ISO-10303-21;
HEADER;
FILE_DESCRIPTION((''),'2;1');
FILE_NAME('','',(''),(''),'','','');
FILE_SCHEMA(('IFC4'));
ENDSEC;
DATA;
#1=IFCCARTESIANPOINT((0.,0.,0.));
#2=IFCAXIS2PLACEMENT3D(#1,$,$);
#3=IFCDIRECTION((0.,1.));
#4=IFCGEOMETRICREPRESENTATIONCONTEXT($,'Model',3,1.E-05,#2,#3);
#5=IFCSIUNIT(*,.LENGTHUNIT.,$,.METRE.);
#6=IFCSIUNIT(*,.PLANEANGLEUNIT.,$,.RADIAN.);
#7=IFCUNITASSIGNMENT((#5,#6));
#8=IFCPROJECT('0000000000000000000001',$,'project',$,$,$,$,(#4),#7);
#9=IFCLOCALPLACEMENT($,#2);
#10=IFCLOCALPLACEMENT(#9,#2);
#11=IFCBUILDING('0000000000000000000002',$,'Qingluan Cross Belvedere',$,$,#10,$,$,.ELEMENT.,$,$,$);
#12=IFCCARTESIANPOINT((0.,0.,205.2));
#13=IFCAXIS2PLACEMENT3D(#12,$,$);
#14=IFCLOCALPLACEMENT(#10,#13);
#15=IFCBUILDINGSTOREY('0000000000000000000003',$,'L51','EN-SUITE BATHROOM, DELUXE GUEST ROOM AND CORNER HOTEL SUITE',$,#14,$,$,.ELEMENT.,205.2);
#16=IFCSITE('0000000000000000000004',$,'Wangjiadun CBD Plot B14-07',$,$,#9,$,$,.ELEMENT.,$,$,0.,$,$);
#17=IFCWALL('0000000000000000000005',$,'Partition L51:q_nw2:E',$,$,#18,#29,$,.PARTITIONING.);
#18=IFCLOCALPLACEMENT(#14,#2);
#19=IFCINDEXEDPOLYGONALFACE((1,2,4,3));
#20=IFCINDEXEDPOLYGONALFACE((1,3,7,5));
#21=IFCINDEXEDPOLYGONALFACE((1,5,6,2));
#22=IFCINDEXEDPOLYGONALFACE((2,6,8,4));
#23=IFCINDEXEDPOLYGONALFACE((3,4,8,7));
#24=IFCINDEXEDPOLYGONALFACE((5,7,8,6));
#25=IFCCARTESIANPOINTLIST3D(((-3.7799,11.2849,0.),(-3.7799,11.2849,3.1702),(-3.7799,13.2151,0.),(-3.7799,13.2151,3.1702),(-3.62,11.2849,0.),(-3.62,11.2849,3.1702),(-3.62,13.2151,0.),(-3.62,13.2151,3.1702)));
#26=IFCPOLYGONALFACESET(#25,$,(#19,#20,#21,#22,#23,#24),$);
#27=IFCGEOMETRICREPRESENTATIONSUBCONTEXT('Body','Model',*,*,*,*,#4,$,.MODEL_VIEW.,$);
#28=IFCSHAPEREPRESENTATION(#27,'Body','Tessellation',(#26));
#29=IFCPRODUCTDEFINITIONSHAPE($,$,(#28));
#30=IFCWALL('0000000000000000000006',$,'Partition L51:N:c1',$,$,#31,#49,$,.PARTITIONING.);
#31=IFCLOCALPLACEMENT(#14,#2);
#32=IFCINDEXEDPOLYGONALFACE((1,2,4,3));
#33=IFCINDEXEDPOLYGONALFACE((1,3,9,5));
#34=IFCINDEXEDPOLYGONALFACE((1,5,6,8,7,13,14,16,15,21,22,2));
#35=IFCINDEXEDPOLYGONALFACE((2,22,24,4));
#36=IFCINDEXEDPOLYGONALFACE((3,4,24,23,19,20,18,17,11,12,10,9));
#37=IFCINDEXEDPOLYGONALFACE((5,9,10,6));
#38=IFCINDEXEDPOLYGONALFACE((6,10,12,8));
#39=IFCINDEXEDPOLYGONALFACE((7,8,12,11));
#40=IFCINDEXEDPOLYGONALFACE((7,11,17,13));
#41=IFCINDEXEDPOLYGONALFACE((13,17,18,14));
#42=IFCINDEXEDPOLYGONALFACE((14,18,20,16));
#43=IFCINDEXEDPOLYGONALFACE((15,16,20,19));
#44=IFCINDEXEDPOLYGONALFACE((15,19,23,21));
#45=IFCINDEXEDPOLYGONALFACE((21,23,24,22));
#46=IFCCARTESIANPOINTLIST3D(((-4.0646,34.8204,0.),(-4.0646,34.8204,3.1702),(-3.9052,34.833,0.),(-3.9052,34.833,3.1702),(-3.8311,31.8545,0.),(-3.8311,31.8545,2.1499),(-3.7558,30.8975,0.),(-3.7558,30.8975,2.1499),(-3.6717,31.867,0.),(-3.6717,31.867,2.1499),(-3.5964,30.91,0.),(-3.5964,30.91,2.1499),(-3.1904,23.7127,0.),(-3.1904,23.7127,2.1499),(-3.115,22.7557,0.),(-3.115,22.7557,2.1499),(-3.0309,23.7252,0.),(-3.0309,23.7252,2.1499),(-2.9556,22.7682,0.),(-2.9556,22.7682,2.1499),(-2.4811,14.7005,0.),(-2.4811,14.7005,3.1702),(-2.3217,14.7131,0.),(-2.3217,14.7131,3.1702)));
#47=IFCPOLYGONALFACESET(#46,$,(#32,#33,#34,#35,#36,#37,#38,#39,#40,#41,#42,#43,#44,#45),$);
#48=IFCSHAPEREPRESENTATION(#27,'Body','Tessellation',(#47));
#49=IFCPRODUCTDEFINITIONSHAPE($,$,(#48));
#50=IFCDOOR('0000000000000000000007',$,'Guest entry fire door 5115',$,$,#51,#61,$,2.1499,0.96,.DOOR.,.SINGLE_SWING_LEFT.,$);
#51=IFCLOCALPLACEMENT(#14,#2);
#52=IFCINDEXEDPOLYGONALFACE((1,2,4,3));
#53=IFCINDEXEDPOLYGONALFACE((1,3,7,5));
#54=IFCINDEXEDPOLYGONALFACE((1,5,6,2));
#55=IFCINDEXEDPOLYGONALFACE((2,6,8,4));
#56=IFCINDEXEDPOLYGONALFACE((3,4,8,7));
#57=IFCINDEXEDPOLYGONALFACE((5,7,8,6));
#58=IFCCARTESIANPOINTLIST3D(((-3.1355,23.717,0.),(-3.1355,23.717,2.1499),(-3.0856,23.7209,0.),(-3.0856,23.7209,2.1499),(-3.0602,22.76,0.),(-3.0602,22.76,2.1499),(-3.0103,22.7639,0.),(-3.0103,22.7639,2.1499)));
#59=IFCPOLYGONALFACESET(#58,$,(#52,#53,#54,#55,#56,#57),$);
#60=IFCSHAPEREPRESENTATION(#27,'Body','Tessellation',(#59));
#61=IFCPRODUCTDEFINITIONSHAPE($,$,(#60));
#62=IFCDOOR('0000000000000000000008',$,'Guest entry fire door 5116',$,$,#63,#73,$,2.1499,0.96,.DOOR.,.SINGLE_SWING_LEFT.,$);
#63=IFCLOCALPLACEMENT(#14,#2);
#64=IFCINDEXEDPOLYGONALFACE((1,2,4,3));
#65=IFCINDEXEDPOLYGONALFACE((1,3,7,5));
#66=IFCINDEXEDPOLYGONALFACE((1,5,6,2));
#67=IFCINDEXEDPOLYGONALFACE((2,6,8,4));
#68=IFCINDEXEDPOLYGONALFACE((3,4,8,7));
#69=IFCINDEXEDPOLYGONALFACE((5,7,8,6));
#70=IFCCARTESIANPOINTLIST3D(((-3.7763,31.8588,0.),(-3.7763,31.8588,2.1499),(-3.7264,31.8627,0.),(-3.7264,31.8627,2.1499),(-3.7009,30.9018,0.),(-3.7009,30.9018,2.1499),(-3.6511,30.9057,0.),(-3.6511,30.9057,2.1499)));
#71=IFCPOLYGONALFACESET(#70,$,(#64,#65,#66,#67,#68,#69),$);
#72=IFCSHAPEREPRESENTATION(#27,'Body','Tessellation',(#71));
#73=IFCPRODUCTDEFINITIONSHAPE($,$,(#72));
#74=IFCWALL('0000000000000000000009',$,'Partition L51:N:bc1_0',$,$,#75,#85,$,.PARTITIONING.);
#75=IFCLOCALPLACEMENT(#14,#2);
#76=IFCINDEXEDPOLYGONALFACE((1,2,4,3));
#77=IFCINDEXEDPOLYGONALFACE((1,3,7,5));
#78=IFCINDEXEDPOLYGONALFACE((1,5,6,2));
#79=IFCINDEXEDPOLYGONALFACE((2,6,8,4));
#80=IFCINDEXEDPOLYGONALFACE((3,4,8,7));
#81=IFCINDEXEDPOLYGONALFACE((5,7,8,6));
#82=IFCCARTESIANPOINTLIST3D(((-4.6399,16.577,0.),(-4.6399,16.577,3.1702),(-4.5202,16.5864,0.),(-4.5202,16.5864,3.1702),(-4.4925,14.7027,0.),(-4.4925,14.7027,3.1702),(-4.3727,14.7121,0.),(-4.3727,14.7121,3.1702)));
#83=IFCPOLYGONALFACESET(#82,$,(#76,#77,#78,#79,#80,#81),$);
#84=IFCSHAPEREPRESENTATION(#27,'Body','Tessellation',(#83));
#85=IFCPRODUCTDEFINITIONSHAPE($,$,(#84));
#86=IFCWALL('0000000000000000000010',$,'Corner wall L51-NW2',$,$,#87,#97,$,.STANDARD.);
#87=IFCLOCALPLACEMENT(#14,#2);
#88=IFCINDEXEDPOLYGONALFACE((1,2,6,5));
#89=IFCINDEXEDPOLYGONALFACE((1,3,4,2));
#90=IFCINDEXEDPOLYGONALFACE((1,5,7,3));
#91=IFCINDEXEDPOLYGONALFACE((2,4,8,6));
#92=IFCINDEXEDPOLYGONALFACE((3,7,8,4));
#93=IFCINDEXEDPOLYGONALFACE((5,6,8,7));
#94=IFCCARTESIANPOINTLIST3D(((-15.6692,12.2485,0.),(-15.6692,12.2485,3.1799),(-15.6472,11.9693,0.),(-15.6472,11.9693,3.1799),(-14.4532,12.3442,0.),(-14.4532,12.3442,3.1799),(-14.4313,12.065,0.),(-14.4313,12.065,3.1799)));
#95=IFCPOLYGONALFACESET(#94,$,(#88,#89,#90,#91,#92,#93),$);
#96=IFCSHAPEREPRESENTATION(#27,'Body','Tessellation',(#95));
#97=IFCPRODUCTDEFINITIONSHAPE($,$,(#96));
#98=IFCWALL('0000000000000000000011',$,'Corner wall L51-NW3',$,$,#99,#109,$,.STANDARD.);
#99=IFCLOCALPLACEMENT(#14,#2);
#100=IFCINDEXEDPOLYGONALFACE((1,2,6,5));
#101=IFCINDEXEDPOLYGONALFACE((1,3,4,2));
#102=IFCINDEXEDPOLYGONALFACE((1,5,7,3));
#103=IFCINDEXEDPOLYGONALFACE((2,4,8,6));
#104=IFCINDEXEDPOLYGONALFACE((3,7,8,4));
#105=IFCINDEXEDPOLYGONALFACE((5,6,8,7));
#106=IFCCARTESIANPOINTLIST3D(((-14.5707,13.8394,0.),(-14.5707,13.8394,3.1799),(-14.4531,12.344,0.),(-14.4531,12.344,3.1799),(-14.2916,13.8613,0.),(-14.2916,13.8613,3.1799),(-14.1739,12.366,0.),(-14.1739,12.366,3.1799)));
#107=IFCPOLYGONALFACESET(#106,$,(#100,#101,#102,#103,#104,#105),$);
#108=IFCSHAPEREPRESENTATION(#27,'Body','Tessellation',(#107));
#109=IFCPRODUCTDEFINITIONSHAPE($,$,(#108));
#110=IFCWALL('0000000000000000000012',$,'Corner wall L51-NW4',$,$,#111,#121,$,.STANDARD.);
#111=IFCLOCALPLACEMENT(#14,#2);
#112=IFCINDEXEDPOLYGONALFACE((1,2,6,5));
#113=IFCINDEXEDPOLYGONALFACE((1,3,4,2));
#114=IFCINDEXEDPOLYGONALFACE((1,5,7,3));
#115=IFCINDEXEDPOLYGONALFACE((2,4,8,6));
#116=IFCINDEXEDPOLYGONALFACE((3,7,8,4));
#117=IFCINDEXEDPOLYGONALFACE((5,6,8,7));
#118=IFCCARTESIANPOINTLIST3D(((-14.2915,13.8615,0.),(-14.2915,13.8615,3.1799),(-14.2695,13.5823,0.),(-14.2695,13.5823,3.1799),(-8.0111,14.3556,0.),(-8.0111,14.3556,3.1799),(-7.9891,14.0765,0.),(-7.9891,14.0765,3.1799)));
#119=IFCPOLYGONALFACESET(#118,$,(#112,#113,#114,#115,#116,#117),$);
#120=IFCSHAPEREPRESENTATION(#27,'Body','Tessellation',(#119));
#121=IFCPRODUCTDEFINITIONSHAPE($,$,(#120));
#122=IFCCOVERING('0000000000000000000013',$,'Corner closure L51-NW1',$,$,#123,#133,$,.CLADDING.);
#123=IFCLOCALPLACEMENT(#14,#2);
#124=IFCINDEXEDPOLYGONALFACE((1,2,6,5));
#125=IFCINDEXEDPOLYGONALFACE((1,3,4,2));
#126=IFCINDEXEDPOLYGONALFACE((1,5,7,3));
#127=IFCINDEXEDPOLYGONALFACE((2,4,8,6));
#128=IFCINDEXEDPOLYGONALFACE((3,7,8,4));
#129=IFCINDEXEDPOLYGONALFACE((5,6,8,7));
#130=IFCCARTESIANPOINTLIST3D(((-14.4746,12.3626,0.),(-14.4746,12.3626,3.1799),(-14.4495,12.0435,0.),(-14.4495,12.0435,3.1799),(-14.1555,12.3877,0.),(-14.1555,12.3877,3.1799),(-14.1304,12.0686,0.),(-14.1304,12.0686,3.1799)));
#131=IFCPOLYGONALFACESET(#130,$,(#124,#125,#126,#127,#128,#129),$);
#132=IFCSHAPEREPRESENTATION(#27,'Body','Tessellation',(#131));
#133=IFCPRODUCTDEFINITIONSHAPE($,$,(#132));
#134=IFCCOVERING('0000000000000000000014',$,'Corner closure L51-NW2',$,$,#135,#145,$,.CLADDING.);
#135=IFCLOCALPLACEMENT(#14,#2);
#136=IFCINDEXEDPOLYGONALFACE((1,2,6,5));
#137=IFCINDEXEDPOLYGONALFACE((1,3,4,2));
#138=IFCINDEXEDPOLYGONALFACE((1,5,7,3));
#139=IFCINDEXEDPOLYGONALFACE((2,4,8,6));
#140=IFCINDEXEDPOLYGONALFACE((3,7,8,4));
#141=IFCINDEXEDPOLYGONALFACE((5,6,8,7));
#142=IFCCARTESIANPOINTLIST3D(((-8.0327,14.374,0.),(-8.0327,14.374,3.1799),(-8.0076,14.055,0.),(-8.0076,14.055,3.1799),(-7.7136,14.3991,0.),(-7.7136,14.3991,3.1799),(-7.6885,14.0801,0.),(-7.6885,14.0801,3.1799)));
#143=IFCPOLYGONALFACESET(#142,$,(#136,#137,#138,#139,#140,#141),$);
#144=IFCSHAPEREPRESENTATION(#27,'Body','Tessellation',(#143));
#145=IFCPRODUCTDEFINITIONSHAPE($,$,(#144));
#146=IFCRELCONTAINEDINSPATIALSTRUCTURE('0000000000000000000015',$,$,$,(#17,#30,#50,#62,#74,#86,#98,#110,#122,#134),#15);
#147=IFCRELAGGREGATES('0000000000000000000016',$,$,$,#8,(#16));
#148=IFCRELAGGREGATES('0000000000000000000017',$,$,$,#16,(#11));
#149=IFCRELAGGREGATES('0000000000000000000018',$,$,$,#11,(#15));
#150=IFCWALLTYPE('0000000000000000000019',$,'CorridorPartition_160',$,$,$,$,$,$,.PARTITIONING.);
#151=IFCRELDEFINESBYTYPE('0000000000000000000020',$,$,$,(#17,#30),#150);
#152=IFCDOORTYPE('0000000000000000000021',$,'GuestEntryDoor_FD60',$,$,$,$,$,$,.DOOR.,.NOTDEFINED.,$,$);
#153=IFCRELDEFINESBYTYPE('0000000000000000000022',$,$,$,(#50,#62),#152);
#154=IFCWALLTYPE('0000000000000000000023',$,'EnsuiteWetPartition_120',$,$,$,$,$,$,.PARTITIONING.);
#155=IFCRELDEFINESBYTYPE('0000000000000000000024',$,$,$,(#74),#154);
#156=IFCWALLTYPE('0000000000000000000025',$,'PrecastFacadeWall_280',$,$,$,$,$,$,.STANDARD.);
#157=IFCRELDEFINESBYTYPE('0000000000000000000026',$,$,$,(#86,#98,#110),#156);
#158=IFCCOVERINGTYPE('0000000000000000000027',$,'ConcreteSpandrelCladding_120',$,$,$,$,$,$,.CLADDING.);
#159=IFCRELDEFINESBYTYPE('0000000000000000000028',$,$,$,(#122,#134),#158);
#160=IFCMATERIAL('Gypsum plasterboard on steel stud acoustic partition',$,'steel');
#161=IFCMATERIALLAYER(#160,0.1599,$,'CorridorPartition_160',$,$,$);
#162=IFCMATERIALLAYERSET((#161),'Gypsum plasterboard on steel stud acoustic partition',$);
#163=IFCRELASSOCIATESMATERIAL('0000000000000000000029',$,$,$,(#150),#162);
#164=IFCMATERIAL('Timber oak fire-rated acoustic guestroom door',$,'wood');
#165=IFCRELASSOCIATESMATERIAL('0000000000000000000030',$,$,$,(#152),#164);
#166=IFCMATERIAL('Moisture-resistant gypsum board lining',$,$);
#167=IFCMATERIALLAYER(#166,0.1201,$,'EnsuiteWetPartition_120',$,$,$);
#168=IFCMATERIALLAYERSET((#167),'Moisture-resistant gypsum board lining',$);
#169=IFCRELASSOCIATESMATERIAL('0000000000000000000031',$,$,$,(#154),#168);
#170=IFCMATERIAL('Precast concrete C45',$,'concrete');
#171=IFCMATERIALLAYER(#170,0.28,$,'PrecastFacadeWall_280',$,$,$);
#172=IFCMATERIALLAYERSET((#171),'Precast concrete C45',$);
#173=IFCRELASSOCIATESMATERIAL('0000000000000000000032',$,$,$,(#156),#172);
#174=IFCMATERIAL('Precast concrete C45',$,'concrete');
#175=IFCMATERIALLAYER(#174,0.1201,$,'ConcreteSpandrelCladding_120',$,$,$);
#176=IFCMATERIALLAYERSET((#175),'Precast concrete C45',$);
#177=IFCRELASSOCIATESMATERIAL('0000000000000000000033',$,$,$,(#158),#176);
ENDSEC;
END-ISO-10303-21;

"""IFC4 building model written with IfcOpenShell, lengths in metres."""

from ifc_helpers import new_model, si_unit, direction, frame, frame_2d, origin, origin_2d, place, context, subcontext, project, spatial, rectangle, extrude, material, layer, layer_set, type_object, element, fill, save


model = new_model("IFC4")

# Units and contexts
model_context = context("Model", 3, precision=1e-05, world=origin(), true_north=direction((0.0, 1.0)))
body_context = subcontext(model_context, "Body", "Model", "MODEL_VIEW")
ifc_project = project(units=[si_unit("LENGTHUNIT", "METRE"), si_unit("PLANEANGLEUNIT", "RADIAN")], contexts=[model_context])

# Site, building, storey
site_placement = place(None, origin())
site = spatial("IfcSite", under=ifc_project, at=site_placement, Name="Wangjiadun CBD Plot B14-07", CompositionType="ELEMENT", RefElevation=0.0)
building_placement = place(site_placement, origin())
building = spatial("IfcBuilding", under=site, at=building_placement, Name="Qingluan Cross Belvedere", CompositionType="ELEMENT")
storey_placement = place(building_placement, frame((0.0, 0.0, 205.2)))
storey = spatial("IfcBuildingStorey", under=building, at=storey_placement, Name="L51", Description="EN-SUITE BATHROOM, DELUXE GUEST ROOM AND CORNER HOTEL SUITE", CompositionType="ELEMENT", Elevation=205.2)

# Wall
ifc_material_1 = material(Name="Gypsum plasterboard on steel stud acoustic partition", Category="steel")
ifc_layer_1 = layer(ifc_material_1, 0.1599, Name="CorridorPartition_160")
ifc_layer_set_1 = layer_set([ifc_layer_1], Name="Gypsum plasterboard on steel stud acoustic partition")
wall_type_1 = type_object("IfcWallType", Name="CorridorPartition_160", PredefinedType="PARTITIONING", material=ifc_layer_set_1)
wall_1_placement = place(storey_placement, frame((-3.7, 11.2849, 0.0), z_axis=(0.0, 0.0, 1.0), x_axis=(0.0, 1.0, 0.0)))
element("IfcWall", 1, at=wall_1_placement, inside=storey, type_object=wall_type_1, Name="Partition L51:q_nw2:E", PredefinedType="PARTITIONING", context=body_context, shape_type="SweptSolid", body=[
    extrude(rectangle(XDim=1.9302, YDim=0.1599, at=frame_2d((0.9651, 0.0))), origin(), (0.0, 0.0, 1.0), 3.1702),
])

# Wall, openings, doors
wall_2_placement = place(storey_placement, frame((-2.4014, 14.7068, 0.0), z_axis=(0.0, 0.0, 1.0), x_axis=(-0.07846, 0.996917, 0.0)))
wall_2 = element("IfcWall", 2, at=wall_2_placement, inside=storey, type_object=wall_type_1, Name="Partition L51:N:c1", PredefinedType="PARTITIONING", context=body_context, shape_type="SweptSolid", body=[
    extrude(rectangle(XDim=20.1821, YDim=0.1599, at=frame_2d((10.0911, 0.0))), origin(), (0.0, 0.0, 1.0), 3.1702),
])
opening_1_placement = place(wall_2_placement, frame((8.0801, 0.0, 0.0)))
opening_1 = element("IfcOpeningElement", 3, at=opening_1_placement, cuts=wall_2, PredefinedType="OPENING", context=body_context, shape_type="SweptSolid", body=[
    extrude(rectangle(XDim=0.96, YDim=2.1499, at=frame_2d((0.48, 1.075))), frame((0.0, 0.0898, 0.0), z_axis=(0.0, -1.0, 0.0), x_axis=(1.0, 0.0, 0.0)), (0.0, 0.0, 1.0), 0.1799),
])
opening_2_placement = place(wall_2_placement, frame((16.2471, 0.0, 0.0)))
opening_2 = element("IfcOpeningElement", 4, at=opening_2_placement, cuts=wall_2, PredefinedType="OPENING", context=body_context, shape_type="SweptSolid", body=[
    extrude(rectangle(XDim=0.96, YDim=2.1499, at=frame_2d((0.48, 1.075))), frame((0.0, 0.0898, 0.0), z_axis=(0.0, -1.0, 0.0), x_axis=(1.0, 0.0, 0.0)), (0.0, 0.0, 1.0), 0.1799),
])
ifc_material_2 = material(Name="Timber oak fire-rated acoustic guestroom door", Category="wood")
door_type = type_object("IfcDoorType", Name="GuestEntryDoor_FD60", OperationType="NOTDEFINED", PredefinedType="DOOR", material=ifc_material_2)
door_1_placement = place(opening_1_placement, origin())
door_1 = element("IfcDoor", 5, at=door_1_placement, inside=storey, type_object=door_type, Name="Guest entry fire door 5115", OperationType="SINGLE_SWING_LEFT", OverallHeight=2.1499, OverallWidth=0.96, PredefinedType="DOOR", context=body_context, shape_type="SweptSolid", body=[
    extrude(rectangle(XDim=0.96, YDim=2.1499, at=frame_2d((0.48, 1.075))), frame((0.0, 0.0249, 0.0), z_axis=(0.0, -1.0, 0.0), x_axis=(1.0, 0.0, 0.0)), (0.0, 0.0, 1.0), 0.05),
])
fill(opening_1, door_1)
door_2_placement = place(opening_2_placement, origin())
door_2 = element("IfcDoor", 6, at=door_2_placement, inside=storey, type_object=door_type, Name="Guest entry fire door 5116", OperationType="SINGLE_SWING_LEFT", OverallHeight=2.1499, OverallWidth=0.96, PredefinedType="DOOR", context=body_context, shape_type="SweptSolid", body=[
    extrude(rectangle(XDim=0.96, YDim=2.1499, at=frame_2d((0.48, 1.075))), frame((0.0, 0.0249, 0.0), z_axis=(0.0, -1.0, 0.0), x_axis=(1.0, 0.0, 0.0)), (0.0, 0.0, 1.0), 0.05),
])
fill(opening_2, door_2)

# Walls
ifc_material_3 = material(Name="Moisture-resistant gypsum board lining")
ifc_layer_2 = layer(ifc_material_3, 0.1201, Name="EnsuiteWetPartition_120")
ifc_layer_set_2 = layer_set([ifc_layer_2], Name="Moisture-resistant gypsum board lining")
wall_type_2 = type_object("IfcWallType", Name="EnsuiteWetPartition_120", PredefinedType="PARTITIONING", material=ifc_layer_set_2)
wall_3_placement = place(storey_placement, frame((-4.4326, 14.7075, 0.0), z_axis=(0.0, 0.0, 1.0), x_axis=(-0.078434, 0.996919, 0.0)))
element("IfcWall", 7, at=wall_3_placement, inside=storey, type_object=wall_type_2, Name="Partition L51:N:bc1_0", PredefinedType="PARTITIONING", context=body_context, shape_type="SweptSolid", body=[
    extrude(rectangle(XDim=1.8801, YDim=0.1201, at=frame_2d((0.9399, 0.0))), origin(), (0.0, 0.0, 1.0), 3.1702),
])
ifc_material_4 = material(Name="Precast concrete C45", Category="concrete")
ifc_layer_3 = layer(ifc_material_4, 0.28, Name="PrecastFacadeWall_280")
ifc_layer_set_3 = layer_set([ifc_layer_3], Name="Precast concrete C45")
wall_type_3 = type_object("IfcWallType", Name="PrecastFacadeWall_280", PredefinedType="STANDARD", material=ifc_layer_set_3)
wall_4_placement = place(storey_placement, frame((-15.6582, 12.1089, 0.0), z_axis=(0.0, 0.0, 1.0), x_axis=(0.996918, 0.078456, 0.0)))
element("IfcWall", 8, at=wall_4_placement, inside=storey, type_object=wall_type_3, Name="Corner wall L51-NW2", PredefinedType="STANDARD", context=body_context, shape_type="SweptSolid", body=[
    extrude(rectangle(XDim=1.2197, YDim=0.28, at=frame_2d((0.6099, 0.0))), origin(), (0.0, 0.0, 1.0), 3.1799),
])
wall_5_placement = place(storey_placement, frame((-14.3135, 12.355, 0.0), z_axis=(0.0, 0.0, 1.0), x_axis=(-0.078451, 0.996918, 0.0)))
element("IfcWall", 9, at=wall_5_placement, inside=storey, type_object=wall_type_3, Name="Corner wall L51-NW3", PredefinedType="STANDARD", context=body_context, shape_type="SweptSolid", body=[
    extrude(rectangle(XDim=1.5, YDim=0.28, at=frame_2d((0.75, 0.0))), origin(), (0.0, 0.0, 1.0), 3.1799),
])
wall_6_placement = place(storey_placement, frame((-14.2805, 13.7219, 0.0), z_axis=(0.0, 0.0, 1.0), x_axis=(0.996919, 0.078436, 0.0)))
element("IfcWall", 10, at=wall_6_placement, inside=storey, type_object=wall_type_3, Name="Corner wall L51-NW4", PredefinedType="STANDARD", context=body_context, shape_type="SweptSolid", body=[
    extrude(rectangle(XDim=6.2998, YDim=0.28, at=frame_2d((3.1499, 0.0))), origin(), (0.0, 0.0, 1.0), 3.1799),
])

# Coverings
ifc_material_5 = material(Name="Precast concrete C45", Category="concrete")
ifc_layer_4 = layer(ifc_material_5, 0.1201, Name="ConcreteSpandrelCladding_120")
ifc_layer_set_4 = layer_set([ifc_layer_4], Name="Precast concrete C45")
covering_type = type_object("IfcCoveringType", Name="ConcreteSpandrelCladding_120", PredefinedType="CLADDING", material=ifc_layer_set_4)
for number, where, z_axis, x_axis, name in (
    (11, (-14.3025, 12.2156, 0.0), (0.0, 0.0, 1.0), (0.996917, 0.078459, 0.0), "Corner closure L51-NW1"),
    (12, (-7.8606, 14.2271, 0.0), (0.0, 0.0, 1.0), (0.996917, 0.078459, 0.0), "Corner closure L51-NW2"),
):
    element("IfcCovering", number, at=place(storey_placement, frame(where, z_axis=z_axis, x_axis=x_axis)), inside=storey, type_object=covering_type, Name=name, PredefinedType="CLADDING", context=body_context, shape_type="SweptSolid", body=[
        extrude(rectangle(XDim=0.3201, YDim=0.3201, at=origin_2d()), origin(), (0.0, 0.0, 1.0), 3.1799),
    ])

save(model, "model.ifc")
